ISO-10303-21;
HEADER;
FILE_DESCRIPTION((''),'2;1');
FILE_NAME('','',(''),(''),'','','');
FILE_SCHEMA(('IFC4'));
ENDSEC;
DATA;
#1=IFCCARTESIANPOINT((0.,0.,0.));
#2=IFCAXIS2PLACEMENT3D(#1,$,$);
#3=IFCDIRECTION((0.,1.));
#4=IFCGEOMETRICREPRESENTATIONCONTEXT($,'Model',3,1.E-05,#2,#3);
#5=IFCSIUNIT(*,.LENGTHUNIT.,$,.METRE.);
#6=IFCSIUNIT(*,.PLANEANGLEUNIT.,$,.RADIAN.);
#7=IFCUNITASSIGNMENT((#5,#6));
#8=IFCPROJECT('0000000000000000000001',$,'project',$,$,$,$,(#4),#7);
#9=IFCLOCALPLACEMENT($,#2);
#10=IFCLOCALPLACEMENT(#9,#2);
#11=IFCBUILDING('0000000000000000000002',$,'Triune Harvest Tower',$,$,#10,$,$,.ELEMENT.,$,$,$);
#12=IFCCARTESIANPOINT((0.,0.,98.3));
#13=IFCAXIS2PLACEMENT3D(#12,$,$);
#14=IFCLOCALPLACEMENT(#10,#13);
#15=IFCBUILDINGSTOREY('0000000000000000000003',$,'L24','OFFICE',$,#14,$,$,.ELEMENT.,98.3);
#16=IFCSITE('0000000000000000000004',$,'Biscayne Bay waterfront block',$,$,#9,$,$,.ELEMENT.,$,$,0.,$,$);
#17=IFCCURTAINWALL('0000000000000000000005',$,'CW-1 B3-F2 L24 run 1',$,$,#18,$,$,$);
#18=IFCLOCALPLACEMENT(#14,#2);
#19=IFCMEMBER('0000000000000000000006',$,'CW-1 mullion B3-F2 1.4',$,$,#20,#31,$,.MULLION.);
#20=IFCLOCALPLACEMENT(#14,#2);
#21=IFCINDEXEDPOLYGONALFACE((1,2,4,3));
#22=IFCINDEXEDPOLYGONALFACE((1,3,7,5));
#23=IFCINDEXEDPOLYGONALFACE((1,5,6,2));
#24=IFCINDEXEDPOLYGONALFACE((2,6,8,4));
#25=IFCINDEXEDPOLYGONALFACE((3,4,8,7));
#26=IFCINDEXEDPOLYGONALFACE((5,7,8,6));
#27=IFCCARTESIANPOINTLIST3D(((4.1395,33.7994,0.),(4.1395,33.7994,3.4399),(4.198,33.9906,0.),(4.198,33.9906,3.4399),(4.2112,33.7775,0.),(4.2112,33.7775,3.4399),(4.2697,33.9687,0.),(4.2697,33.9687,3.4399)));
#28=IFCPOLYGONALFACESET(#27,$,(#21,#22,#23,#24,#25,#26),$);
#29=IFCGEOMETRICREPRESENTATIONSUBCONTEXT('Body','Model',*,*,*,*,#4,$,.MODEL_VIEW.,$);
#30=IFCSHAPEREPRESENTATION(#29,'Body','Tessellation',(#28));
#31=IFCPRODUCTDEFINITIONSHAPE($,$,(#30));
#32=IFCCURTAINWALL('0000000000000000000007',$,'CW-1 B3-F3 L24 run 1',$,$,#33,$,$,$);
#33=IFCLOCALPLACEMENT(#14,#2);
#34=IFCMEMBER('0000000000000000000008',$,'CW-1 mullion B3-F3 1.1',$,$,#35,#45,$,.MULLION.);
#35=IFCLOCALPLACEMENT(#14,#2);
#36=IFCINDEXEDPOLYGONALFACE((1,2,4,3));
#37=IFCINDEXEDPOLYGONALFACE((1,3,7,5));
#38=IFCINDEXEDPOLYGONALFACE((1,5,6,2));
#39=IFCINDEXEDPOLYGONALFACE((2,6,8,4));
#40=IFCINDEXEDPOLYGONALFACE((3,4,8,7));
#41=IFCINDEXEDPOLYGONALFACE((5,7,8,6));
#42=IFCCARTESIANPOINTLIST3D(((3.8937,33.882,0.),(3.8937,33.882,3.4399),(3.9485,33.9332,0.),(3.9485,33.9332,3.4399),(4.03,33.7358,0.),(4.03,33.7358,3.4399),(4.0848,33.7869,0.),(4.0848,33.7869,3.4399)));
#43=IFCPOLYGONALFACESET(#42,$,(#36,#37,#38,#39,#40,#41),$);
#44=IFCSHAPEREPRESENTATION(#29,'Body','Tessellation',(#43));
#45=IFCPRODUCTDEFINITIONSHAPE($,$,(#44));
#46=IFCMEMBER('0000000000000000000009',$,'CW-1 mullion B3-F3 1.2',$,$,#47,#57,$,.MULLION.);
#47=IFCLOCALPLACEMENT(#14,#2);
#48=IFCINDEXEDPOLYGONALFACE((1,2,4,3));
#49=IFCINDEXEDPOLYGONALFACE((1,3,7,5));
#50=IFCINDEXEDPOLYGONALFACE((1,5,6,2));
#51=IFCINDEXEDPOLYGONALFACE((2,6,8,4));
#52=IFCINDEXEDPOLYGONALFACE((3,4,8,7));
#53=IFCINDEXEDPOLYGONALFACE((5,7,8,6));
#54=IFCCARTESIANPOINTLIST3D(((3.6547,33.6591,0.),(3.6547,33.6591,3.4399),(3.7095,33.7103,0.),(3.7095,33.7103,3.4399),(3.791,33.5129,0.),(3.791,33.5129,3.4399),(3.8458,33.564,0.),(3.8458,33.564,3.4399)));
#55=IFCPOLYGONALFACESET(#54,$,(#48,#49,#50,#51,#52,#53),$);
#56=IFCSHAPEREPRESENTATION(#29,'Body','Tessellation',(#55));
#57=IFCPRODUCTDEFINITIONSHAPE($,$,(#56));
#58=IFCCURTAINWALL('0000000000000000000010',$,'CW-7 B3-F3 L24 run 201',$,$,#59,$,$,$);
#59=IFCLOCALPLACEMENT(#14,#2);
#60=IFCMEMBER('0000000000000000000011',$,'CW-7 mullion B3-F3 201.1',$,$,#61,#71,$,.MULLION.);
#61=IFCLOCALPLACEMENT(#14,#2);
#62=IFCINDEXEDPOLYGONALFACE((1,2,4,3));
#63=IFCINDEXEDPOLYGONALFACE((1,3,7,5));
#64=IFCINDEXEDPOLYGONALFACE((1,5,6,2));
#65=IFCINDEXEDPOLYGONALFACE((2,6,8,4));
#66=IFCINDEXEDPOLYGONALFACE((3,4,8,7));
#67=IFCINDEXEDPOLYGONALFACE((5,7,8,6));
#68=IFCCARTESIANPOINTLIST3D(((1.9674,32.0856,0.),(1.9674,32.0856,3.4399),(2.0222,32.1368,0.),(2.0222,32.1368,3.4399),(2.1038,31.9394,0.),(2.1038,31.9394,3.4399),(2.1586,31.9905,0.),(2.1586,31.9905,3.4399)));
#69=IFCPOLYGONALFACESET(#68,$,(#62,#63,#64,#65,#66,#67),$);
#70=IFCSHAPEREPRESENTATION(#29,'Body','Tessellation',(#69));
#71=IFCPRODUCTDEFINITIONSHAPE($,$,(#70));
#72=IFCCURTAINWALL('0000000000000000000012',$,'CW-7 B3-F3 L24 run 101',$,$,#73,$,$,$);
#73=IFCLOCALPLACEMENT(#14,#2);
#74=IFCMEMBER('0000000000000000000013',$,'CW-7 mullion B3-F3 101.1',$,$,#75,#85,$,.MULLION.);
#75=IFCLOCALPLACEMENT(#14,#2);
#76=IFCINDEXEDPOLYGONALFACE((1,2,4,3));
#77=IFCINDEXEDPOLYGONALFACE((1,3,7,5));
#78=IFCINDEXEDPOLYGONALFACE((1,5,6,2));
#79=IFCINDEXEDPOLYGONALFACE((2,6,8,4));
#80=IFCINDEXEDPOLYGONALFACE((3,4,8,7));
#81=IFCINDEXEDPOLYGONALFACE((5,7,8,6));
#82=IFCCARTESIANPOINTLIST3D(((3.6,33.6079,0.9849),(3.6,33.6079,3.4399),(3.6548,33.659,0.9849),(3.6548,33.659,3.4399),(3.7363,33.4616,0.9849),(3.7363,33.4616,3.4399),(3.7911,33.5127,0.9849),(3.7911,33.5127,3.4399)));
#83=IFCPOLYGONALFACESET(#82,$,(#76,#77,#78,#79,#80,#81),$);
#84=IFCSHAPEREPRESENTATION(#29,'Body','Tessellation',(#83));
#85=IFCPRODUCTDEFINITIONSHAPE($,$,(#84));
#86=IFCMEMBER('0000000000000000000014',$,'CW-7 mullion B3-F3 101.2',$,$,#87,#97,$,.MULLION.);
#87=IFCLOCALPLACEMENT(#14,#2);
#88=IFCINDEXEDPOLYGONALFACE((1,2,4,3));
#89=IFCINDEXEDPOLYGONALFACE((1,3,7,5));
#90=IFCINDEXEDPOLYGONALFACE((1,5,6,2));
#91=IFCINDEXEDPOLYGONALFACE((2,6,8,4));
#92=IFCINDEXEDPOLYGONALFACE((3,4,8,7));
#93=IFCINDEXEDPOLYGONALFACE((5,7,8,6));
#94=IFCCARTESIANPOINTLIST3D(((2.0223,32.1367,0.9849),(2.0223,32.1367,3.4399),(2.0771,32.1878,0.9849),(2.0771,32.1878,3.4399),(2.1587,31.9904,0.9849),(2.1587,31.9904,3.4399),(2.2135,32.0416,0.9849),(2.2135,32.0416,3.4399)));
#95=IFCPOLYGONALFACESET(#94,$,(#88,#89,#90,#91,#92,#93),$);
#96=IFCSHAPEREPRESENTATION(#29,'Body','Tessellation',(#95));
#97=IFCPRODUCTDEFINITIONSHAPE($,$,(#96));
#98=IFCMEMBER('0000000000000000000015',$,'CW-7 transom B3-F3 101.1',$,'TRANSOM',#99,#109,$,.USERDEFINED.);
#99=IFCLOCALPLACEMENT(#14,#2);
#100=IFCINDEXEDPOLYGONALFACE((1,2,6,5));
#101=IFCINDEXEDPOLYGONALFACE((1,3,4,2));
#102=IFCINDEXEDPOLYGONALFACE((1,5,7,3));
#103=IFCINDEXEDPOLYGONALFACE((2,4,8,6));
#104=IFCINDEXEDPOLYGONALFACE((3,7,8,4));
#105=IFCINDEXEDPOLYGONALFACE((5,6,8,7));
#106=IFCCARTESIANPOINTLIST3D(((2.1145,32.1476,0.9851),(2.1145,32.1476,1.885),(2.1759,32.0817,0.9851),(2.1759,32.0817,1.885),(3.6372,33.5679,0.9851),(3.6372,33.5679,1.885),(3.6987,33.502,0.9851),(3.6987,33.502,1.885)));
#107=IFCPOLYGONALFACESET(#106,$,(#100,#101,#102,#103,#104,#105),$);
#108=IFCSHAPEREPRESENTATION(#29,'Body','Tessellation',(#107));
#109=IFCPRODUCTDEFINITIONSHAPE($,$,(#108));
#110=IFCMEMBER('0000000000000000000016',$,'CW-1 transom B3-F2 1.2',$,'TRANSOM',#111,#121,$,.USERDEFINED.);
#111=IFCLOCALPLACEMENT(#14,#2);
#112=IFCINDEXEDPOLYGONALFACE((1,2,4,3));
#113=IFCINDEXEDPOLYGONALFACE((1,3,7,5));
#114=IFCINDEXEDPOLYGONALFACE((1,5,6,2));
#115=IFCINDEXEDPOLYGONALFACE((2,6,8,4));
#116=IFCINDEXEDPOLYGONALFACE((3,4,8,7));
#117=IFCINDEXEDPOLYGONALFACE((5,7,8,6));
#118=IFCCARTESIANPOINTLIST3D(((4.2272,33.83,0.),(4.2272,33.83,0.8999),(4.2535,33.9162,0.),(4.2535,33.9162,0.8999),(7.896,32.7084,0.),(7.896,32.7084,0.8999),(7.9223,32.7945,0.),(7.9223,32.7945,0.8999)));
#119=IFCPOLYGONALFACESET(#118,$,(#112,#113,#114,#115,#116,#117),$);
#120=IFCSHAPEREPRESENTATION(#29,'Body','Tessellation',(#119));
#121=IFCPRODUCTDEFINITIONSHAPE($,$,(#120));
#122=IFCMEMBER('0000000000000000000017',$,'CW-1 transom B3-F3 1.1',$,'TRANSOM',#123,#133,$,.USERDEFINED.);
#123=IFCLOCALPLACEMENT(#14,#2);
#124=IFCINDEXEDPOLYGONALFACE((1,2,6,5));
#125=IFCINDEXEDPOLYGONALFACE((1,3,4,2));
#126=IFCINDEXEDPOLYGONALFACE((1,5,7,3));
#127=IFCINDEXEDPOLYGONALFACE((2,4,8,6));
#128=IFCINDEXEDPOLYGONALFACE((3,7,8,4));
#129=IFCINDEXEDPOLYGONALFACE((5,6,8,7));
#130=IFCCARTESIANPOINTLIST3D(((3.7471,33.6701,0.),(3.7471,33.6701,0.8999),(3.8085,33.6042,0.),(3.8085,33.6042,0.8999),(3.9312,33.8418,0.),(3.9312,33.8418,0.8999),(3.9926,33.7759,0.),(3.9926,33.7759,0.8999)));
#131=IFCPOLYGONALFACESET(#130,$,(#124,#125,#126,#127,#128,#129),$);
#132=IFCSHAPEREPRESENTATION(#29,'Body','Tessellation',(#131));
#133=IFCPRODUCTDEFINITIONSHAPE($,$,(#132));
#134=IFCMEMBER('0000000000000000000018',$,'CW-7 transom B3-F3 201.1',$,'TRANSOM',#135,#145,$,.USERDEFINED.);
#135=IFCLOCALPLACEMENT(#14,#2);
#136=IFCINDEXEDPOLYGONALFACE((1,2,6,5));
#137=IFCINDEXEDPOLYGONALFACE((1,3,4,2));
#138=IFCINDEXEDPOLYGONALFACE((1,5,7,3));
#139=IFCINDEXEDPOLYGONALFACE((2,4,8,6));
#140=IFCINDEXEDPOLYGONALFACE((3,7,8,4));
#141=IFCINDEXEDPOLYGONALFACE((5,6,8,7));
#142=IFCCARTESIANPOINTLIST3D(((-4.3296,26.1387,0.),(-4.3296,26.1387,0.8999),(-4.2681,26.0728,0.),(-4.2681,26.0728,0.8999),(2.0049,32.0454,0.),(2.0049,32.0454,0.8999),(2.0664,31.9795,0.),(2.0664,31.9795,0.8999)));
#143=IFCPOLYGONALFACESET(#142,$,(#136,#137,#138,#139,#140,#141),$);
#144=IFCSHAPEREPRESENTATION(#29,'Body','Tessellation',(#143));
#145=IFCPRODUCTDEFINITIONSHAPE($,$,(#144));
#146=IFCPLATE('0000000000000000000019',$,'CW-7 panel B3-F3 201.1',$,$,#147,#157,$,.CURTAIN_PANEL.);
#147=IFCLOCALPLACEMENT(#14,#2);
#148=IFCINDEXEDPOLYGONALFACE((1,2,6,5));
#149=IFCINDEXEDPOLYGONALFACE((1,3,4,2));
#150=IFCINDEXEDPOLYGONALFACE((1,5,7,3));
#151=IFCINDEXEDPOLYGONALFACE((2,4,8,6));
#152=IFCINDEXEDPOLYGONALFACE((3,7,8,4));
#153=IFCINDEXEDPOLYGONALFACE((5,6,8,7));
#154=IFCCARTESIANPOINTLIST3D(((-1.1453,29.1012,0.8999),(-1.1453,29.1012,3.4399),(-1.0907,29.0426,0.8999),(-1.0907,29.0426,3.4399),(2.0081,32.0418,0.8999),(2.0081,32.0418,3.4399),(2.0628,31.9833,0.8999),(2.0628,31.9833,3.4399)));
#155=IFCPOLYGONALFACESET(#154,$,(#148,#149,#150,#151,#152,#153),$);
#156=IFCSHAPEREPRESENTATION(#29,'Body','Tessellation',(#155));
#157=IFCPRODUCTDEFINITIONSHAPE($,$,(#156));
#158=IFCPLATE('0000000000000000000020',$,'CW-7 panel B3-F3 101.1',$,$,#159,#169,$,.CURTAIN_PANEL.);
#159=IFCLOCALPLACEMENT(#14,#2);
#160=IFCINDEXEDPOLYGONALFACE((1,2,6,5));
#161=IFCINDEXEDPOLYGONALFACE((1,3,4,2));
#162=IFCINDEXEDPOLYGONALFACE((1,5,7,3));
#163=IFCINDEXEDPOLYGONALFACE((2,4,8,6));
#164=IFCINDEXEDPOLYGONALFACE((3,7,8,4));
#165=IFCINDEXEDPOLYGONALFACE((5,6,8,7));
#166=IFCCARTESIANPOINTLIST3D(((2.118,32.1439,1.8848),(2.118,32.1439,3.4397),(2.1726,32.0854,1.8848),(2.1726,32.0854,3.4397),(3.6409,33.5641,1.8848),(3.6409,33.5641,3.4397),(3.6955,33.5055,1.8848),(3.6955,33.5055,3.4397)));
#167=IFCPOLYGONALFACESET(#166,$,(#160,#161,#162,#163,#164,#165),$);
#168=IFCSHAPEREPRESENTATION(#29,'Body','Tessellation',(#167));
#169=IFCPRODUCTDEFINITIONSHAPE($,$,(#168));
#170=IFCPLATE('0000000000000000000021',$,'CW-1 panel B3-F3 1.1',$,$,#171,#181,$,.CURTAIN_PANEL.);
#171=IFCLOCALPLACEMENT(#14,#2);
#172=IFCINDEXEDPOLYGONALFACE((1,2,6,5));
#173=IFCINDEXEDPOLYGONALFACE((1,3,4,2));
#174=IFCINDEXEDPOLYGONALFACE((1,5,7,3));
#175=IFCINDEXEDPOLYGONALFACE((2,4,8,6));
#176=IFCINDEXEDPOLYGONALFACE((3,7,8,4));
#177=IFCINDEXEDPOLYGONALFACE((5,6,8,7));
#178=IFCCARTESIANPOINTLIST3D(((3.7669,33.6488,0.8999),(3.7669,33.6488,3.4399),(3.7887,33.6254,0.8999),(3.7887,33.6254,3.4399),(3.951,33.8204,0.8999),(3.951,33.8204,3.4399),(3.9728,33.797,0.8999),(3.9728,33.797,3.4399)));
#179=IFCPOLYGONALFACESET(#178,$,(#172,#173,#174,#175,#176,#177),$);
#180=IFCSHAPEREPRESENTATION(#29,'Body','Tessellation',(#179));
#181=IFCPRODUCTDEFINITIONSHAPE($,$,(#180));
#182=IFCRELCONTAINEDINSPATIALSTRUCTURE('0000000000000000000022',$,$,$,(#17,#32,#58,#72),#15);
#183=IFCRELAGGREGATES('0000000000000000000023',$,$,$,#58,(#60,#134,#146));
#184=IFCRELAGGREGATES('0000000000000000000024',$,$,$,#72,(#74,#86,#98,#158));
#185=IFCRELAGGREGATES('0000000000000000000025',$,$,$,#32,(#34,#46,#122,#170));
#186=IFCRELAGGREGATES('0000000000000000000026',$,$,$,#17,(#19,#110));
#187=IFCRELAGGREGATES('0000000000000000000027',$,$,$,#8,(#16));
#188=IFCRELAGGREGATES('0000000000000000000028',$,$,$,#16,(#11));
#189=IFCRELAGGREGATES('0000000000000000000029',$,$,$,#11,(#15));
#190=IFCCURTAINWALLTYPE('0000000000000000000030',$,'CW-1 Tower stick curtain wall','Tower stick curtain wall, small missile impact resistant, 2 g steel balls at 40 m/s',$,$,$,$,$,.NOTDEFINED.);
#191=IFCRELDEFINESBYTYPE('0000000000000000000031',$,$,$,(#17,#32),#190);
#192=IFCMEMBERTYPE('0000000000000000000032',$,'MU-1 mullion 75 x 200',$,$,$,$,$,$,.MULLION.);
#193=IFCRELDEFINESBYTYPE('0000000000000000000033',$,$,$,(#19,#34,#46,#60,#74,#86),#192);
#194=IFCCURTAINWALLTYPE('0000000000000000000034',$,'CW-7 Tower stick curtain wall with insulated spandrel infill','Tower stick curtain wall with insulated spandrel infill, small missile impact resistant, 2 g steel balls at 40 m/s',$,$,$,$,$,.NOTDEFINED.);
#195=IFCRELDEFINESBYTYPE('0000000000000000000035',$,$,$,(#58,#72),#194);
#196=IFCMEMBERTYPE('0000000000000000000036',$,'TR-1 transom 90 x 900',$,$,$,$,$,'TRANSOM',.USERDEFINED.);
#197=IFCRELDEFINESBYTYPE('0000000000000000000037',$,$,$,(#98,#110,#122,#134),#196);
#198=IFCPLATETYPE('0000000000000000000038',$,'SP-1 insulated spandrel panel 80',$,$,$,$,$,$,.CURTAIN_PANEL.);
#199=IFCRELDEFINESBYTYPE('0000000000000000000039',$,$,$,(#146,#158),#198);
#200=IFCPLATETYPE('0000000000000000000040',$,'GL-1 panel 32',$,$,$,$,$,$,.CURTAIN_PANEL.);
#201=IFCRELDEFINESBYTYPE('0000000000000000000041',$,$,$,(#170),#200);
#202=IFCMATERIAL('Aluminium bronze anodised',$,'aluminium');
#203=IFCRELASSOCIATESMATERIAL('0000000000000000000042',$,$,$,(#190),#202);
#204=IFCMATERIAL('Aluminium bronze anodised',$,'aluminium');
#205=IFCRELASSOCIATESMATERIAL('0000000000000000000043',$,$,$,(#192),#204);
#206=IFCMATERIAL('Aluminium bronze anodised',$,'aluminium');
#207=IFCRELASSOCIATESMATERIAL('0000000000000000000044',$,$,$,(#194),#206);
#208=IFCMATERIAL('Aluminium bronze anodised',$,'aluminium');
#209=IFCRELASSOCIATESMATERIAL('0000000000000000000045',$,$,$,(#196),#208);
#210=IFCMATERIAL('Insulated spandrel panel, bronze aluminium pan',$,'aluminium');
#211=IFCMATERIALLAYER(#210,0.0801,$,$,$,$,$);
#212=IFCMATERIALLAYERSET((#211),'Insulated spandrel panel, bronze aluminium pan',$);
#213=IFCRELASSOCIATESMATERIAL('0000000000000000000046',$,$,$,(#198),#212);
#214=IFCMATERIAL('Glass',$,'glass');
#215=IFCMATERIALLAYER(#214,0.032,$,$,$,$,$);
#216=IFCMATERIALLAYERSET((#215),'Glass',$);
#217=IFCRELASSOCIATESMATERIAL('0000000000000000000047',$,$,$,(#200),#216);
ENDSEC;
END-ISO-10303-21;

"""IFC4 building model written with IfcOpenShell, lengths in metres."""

from ifc_helpers import new_model, si_unit, direction, frame, origin, origin_2d, place, context, subcontext, project, spatial, rectangle, extrude, source, transform, mapped, material, layer, layer_set, material_profile, profile_set, type_object, element, aggregate, save


model = new_model("IFC4")

# Units and contexts
model_context = context("Model", 3, precision=1e-05, world=origin(), true_north=direction((0.0, 1.0)))
body_context = subcontext(model_context, "Body", "Model", "MODEL_VIEW")
ifc_project = project(units=[si_unit("LENGTHUNIT", "METRE"), si_unit("PLANEANGLEUNIT", "RADIAN")], contexts=[model_context])

# Site, building, storey
site_placement = place(None, origin())
site = spatial("IfcSite", under=ifc_project, at=site_placement, Name="Biscayne Bay waterfront block", CompositionType="ELEMENT", RefElevation=0.0)
building_placement = place(site_placement, origin())
building = spatial("IfcBuilding", under=site, at=building_placement, Name="Triune Harvest Tower", CompositionType="ELEMENT")
storey_placement = place(building_placement, frame((0.0, 0.0, 98.3)))
storey = spatial("IfcBuildingStorey", under=building, at=storey_placement, Name="L24", Description="OFFICE", CompositionType="ELEMENT", Elevation=98.3)

# Curtain walls, members
ifc_material_1 = material(Name="Aluminium bronze anodised", Category="aluminium")
curtain_wall_type_1 = type_object("IfcCurtainWallType", Name="CW-1 Tower stick curtain wall", Description="Tower stick curtain wall, small missile impact resistant, 2 g steel balls at 40 m/s", PredefinedType="NOTDEFINED", material=ifc_material_1)
curtain_wall_1_placement = place(storey_placement, origin())
curtain_wall_1 = element("IfcCurtainWall", 1, at=curtain_wall_1_placement, inside=storey, type_object=curtain_wall_type_1, Name="CW-1 B3-F2 L24 run 1")
ifc_material_2 = material(Name="Aluminium bronze anodised", Category="aluminium")
ifc_material_profile_1 = material_profile(ifc_material_2, rectangle(XDim=0.2, YDim=0.075, at=origin_2d()), Name="MU-1 mullion 75 x 200")
ifc_profile_set_1 = profile_set([ifc_material_profile_1], Name="Aluminium bronze anodised")
member_type_1 = type_object("IfcMemberType", Name="MU-1 mullion 75 x 200", PredefinedType="MULLION", material=ifc_profile_set_1)
shared_shape_1 = source(origin(), body_context, "Body", "SweptSolid", [
    extrude(rectangle(XDim=0.2, YDim=0.075, at=origin_2d()), origin(), (0.0, 0.0, 1.0), 3.4399),
])
member_1_placement = place(storey_placement, frame((4.2046, 33.884, 0.0), z_axis=(0.0, 0.0, 1.0), x_axis=(-0.292377, -0.956303, 0.0)))
member_1 = element("IfcMember", 2, at=member_1_placement, type_object=member_type_1, Name="CW-1 mullion B3-F2 1.4", PredefinedType="MULLION", context=body_context, shape_type="MappedRepresentation", body=[
    mapped(shared_shape_1, transform((0.0, 0.0, 0.0), scale=1.0)),
])
curtain_wall_2_placement = place(storey_placement, origin())
curtain_wall_2 = element("IfcCurtainWall", 3, at=curtain_wall_2_placement, inside=storey, type_object=curtain_wall_type_1, Name="CW-1 B3-F3 L24 run 1")
member_2_placement = place(storey_placement, frame((3.9893, 33.8345, 0.0), z_axis=(0.0, 0.0, 1.0), x_axis=(0.68191, -0.731436, 0.0)))
member_2 = element("IfcMember", 4, at=member_2_placement, type_object=member_type_1, Name="CW-1 mullion B3-F3 1.1", PredefinedType="MULLION", context=body_context, shape_type="MappedRepresentation", body=[
    mapped(shared_shape_1, transform((0.0, 0.0, 0.0), scale=1.0)),
])
member_3_placement = place(storey_placement, frame((3.7502, 33.6116, 0.0), z_axis=(0.0, 0.0, 1.0), x_axis=(0.68191, -0.731436, 0.0)))
member_3 = element("IfcMember", 5, at=member_3_placement, type_object=member_type_1, Name="CW-1 mullion B3-F3 1.2", PredefinedType="MULLION", context=body_context, shape_type="MappedRepresentation", body=[
    mapped(shared_shape_1, transform((0.0, 0.0, 0.0), scale=1.0)),
])

# Curtain wall, member
ifc_material_3 = material(Name="Aluminium bronze anodised", Category="aluminium")
curtain_wall_type_2 = type_object("IfcCurtainWallType", Name="CW-7 Tower stick curtain wall with insulated spandrel infill", Description="Tower stick curtain wall with insulated spandrel infill, small missile impact resistant, 2 g steel balls at 40 m/s", PredefinedType="NOTDEFINED", material=ifc_material_3)
curtain_wall_3_placement = place(storey_placement, origin())
curtain_wall_3 = element("IfcCurtainWall", 6, at=curtain_wall_3_placement, inside=storey, type_object=curtain_wall_type_2, Name="CW-7 B3-F3 L24 run 201")
member_4_placement = place(storey_placement, frame((2.063, 32.0381, 0.0), z_axis=(0.0, 0.0, 1.0), x_axis=(0.682, -0.731353, 0.0)))
member_4 = element("IfcMember", 7, at=member_4_placement, type_object=member_type_1, Name="CW-7 mullion B3-F3 201.1", PredefinedType="MULLION", context=body_context, shape_type="MappedRepresentation", body=[
    mapped(shared_shape_1, transform((0.0, 0.0, 0.0), scale=1.0)),
])

# Curtain wall, members
curtain_wall_4_placement = place(storey_placement, origin())
curtain_wall_4 = element("IfcCurtainWall", 8, at=curtain_wall_4_placement, inside=storey, type_object=curtain_wall_type_2, Name="CW-7 B3-F3 L24 run 101")
shared_shape_2 = source(origin(), body_context, "Body", "SweptSolid", [
    extrude(rectangle(XDim=0.2, YDim=0.075, at=origin_2d()), origin(), (0.0, 0.0, 1.0), 2.4551),
])
member_5_placement = place(storey_placement, frame((3.6956, 33.5603, 0.9849), z_axis=(0.0, 0.0, 1.0), x_axis=(0.682015, -0.731338, 0.0)))
member_5 = element("IfcMember", 9, at=member_5_placement, type_object=member_type_1, Name="CW-7 mullion B3-F3 101.1", PredefinedType="MULLION", context=body_context, shape_type="MappedRepresentation", body=[
    mapped(shared_shape_2, transform((0.0, 0.0, 0.0), scale=1.0)),
])
member_6_placement = place(storey_placement, frame((2.1179, 32.0891, 0.9849), z_axis=(0.0, 0.0, 1.0), x_axis=(0.682015, -0.731338, 0.0)))
member_6 = element("IfcMember", 10, at=member_6_placement, type_object=member_type_1, Name="CW-7 mullion B3-F3 101.2", PredefinedType="MULLION", context=body_context, shape_type="MappedRepresentation", body=[
    mapped(shared_shape_2, transform((0.0, 0.0, 0.0), scale=1.0)),
])
ifc_material_4 = material(Name="Aluminium bronze anodised", Category="aluminium")
ifc_material_profile_2 = material_profile(ifc_material_4, rectangle(XDim=0.0901, YDim=0.8999, at=origin_2d()), Name="TR-1 transom 90 x 900")
ifc_profile_set_2 = profile_set([ifc_material_profile_2], Name="Aluminium bronze anodised")
member_type_2 = type_object("IfcMemberType", Name="TR-1 transom 90 x 900", ElementType="TRANSOM", PredefinedType="USERDEFINED", material=ifc_profile_set_2)
shared_shape_3 = source(origin(), body_context, "Body", "SweptSolid", [
    extrude(rectangle(XDim=0.0901, YDim=0.8999, at=origin_2d()), origin(), (0.0, 0.0, 1.0), 2.0823),
])
member_7_placement = place(storey_placement, frame((3.668, 33.5349, 1.4351), z_axis=(-0.731301, -0.682055, 0.0), x_axis=(0.682055, -0.731301, 0.0)))
member_7 = element("IfcMember", 11, at=member_7_placement, type_object=member_type_2, Name="CW-7 transom B3-F3 101.1", ObjectType="TRANSOM", PredefinedType="USERDEFINED", context=body_context, shape_type="MappedRepresentation", body=[
    mapped(shared_shape_3, transform((0.0, 0.0, 0.0), scale=1.0)),
])

# Members
shared_shape_4 = source(origin(), body_context, "Body", "SweptSolid", [
    extrude(rectangle(XDim=0.0901, YDim=0.8999, at=origin_2d()), origin(), (0.0, 0.0, 1.0), 3.8364),
])
member_8_placement = place(storey_placement, frame((7.9092, 32.7515, 0.45), z_axis=(-0.956309, 0.292359, 0.0), x_axis=(-0.292359, -0.956309, 0.0)))
member_8 = element("IfcMember", 12, at=member_8_placement, type_object=member_type_2, Name="CW-1 transom B3-F2 1.2", ObjectType="TRANSOM", PredefinedType="USERDEFINED", context=body_context, shape_type="MappedRepresentation", body=[
    mapped(shared_shape_4, transform((0.0, 0.0, 0.0), scale=1.0)),
])
shared_shape_5 = source(origin(), body_context, "Body", "SweptSolid", [
    extrude(rectangle(XDim=0.0901, YDim=0.8999, at=origin_2d()), origin(), (0.0, 0.0, 1.0), 0.2517),
])
member_9_placement = place(storey_placement, frame((3.9619, 33.8088, 0.45), z_axis=(-0.73141, -0.681938, 0.0), x_axis=(0.681938, -0.73141, 0.0)))
member_9 = element("IfcMember", 13, at=member_9_placement, type_object=member_type_2, Name="CW-1 transom B3-F3 1.1", ObjectType="TRANSOM", PredefinedType="USERDEFINED", context=body_context, shape_type="MappedRepresentation", body=[
    mapped(shared_shape_5, transform((0.0, 0.0, 0.0), scale=1.0)),
])
shared_shape_6 = source(origin(), body_context, "Body", "SweptSolid", [
    extrude(rectangle(XDim=0.0901, YDim=0.8999, at=origin_2d()), origin(), (0.0, 0.0, 1.0), 8.6611),
])
member_10_placement = place(storey_placement, frame((2.0356, 32.0125, 0.45), z_axis=(-0.731368, -0.681983, 0.0), x_axis=(0.681983, -0.731368, 0.0)))
member_10 = element("IfcMember", 14, at=member_10_placement, type_object=member_type_2, Name="CW-7 transom B3-F3 201.1", ObjectType="TRANSOM", PredefinedType="USERDEFINED", context=body_context, shape_type="MappedRepresentation", body=[
    mapped(shared_shape_6, transform((0.0, 0.0, 0.0), scale=1.0)),
])

# Plates
ifc_material_5 = material(Name="Insulated spandrel panel, bronze aluminium pan", Category="aluminium")
ifc_layer_1 = layer(ifc_material_5, 0.0801)
ifc_layer_set_1 = layer_set([ifc_layer_1], Name="Insulated spandrel panel, bronze aluminium pan")
plate_type_1 = type_object("IfcPlateType", Name="SP-1 insulated spandrel panel 80", PredefinedType="CURTAIN_PANEL", material=ifc_layer_set_1)
shared_shape_7 = source(origin(), body_context, "Body", "SweptSolid", [
    extrude(rectangle(XDim=4.3118, YDim=0.0801, at=origin_2d()), origin(), (0.0, 0.0, 1.0), 2.54),
])
plate_1_placement = place(storey_placement, frame((0.4587, 30.5422, 0.8999), z_axis=(0.0, 0.0, 1.0), x_axis=(-0.731353, -0.682, 0.0)))
plate_1 = element("IfcPlate", 15, at=plate_1_placement, type_object=plate_type_1, Name="CW-7 panel B3-F3 201.1", PredefinedType="CURTAIN_PANEL", context=body_context, shape_type="MappedRepresentation", body=[
    mapped(shared_shape_7, transform((0.0, 0.0, 0.0), scale=1.0)),
])
aggregate(curtain_wall_3, [member_4, member_10, plate_1])
shared_shape_8 = source(origin(), body_context, "Body", "SweptSolid", [
    extrude(rectangle(XDim=2.0823, YDim=0.0801, at=origin_2d()), origin(), (0.0, 0.0, 1.0), 1.5549),
])
plate_2_placement = place(storey_placement, frame((2.9067, 32.8247, 1.8848), z_axis=(0.0, 0.0, 1.0), x_axis=(-0.731338, -0.682015, 0.0)))
plate_2 = element("IfcPlate", 16, at=plate_2_placement, type_object=plate_type_1, Name="CW-7 panel B3-F3 101.1", PredefinedType="CURTAIN_PANEL", context=body_context, shape_type="MappedRepresentation", body=[
    mapped(shared_shape_8, transform((0.0, 0.0, 0.0), scale=1.0)),
])
aggregate(curtain_wall_4, [member_5, member_6, member_7, plate_2])
ifc_material_6 = material(Name="Glass", Category="glass")
ifc_layer_2 = layer(ifc_material_6, 0.032)
ifc_layer_set_2 = layer_set([ifc_layer_2], Name="Glass")
plate_type_2 = type_object("IfcPlateType", Name="GL-1 panel 32", PredefinedType="CURTAIN_PANEL", material=ifc_layer_set_2)
shared_shape_9 = source(origin(), body_context, "Body", "SweptSolid", [
    extrude(rectangle(XDim=0.2517, YDim=0.032, at=origin_2d()), origin(), (0.0, 0.0, 1.0), 2.54),
])
plate_3_placement = place(storey_placement, frame((3.8699, 33.7229, 0.8999), z_axis=(0.0, 0.0, 1.0), x_axis=(-0.731436, -0.68191, 0.0)))
plate_3 = element("IfcPlate", 17, at=plate_3_placement, type_object=plate_type_2, Name="CW-1 panel B3-F3 1.1", PredefinedType="CURTAIN_PANEL", context=body_context, shape_type="MappedRepresentation", body=[
    mapped(shared_shape_9, transform((0.0, 0.0, 0.0), scale=1.0)),
])
aggregate(curtain_wall_2, [member_2, member_3, member_9, plate_3])
aggregate(curtain_wall_1, [member_1, member_8])

save(model, "model.ifc")
